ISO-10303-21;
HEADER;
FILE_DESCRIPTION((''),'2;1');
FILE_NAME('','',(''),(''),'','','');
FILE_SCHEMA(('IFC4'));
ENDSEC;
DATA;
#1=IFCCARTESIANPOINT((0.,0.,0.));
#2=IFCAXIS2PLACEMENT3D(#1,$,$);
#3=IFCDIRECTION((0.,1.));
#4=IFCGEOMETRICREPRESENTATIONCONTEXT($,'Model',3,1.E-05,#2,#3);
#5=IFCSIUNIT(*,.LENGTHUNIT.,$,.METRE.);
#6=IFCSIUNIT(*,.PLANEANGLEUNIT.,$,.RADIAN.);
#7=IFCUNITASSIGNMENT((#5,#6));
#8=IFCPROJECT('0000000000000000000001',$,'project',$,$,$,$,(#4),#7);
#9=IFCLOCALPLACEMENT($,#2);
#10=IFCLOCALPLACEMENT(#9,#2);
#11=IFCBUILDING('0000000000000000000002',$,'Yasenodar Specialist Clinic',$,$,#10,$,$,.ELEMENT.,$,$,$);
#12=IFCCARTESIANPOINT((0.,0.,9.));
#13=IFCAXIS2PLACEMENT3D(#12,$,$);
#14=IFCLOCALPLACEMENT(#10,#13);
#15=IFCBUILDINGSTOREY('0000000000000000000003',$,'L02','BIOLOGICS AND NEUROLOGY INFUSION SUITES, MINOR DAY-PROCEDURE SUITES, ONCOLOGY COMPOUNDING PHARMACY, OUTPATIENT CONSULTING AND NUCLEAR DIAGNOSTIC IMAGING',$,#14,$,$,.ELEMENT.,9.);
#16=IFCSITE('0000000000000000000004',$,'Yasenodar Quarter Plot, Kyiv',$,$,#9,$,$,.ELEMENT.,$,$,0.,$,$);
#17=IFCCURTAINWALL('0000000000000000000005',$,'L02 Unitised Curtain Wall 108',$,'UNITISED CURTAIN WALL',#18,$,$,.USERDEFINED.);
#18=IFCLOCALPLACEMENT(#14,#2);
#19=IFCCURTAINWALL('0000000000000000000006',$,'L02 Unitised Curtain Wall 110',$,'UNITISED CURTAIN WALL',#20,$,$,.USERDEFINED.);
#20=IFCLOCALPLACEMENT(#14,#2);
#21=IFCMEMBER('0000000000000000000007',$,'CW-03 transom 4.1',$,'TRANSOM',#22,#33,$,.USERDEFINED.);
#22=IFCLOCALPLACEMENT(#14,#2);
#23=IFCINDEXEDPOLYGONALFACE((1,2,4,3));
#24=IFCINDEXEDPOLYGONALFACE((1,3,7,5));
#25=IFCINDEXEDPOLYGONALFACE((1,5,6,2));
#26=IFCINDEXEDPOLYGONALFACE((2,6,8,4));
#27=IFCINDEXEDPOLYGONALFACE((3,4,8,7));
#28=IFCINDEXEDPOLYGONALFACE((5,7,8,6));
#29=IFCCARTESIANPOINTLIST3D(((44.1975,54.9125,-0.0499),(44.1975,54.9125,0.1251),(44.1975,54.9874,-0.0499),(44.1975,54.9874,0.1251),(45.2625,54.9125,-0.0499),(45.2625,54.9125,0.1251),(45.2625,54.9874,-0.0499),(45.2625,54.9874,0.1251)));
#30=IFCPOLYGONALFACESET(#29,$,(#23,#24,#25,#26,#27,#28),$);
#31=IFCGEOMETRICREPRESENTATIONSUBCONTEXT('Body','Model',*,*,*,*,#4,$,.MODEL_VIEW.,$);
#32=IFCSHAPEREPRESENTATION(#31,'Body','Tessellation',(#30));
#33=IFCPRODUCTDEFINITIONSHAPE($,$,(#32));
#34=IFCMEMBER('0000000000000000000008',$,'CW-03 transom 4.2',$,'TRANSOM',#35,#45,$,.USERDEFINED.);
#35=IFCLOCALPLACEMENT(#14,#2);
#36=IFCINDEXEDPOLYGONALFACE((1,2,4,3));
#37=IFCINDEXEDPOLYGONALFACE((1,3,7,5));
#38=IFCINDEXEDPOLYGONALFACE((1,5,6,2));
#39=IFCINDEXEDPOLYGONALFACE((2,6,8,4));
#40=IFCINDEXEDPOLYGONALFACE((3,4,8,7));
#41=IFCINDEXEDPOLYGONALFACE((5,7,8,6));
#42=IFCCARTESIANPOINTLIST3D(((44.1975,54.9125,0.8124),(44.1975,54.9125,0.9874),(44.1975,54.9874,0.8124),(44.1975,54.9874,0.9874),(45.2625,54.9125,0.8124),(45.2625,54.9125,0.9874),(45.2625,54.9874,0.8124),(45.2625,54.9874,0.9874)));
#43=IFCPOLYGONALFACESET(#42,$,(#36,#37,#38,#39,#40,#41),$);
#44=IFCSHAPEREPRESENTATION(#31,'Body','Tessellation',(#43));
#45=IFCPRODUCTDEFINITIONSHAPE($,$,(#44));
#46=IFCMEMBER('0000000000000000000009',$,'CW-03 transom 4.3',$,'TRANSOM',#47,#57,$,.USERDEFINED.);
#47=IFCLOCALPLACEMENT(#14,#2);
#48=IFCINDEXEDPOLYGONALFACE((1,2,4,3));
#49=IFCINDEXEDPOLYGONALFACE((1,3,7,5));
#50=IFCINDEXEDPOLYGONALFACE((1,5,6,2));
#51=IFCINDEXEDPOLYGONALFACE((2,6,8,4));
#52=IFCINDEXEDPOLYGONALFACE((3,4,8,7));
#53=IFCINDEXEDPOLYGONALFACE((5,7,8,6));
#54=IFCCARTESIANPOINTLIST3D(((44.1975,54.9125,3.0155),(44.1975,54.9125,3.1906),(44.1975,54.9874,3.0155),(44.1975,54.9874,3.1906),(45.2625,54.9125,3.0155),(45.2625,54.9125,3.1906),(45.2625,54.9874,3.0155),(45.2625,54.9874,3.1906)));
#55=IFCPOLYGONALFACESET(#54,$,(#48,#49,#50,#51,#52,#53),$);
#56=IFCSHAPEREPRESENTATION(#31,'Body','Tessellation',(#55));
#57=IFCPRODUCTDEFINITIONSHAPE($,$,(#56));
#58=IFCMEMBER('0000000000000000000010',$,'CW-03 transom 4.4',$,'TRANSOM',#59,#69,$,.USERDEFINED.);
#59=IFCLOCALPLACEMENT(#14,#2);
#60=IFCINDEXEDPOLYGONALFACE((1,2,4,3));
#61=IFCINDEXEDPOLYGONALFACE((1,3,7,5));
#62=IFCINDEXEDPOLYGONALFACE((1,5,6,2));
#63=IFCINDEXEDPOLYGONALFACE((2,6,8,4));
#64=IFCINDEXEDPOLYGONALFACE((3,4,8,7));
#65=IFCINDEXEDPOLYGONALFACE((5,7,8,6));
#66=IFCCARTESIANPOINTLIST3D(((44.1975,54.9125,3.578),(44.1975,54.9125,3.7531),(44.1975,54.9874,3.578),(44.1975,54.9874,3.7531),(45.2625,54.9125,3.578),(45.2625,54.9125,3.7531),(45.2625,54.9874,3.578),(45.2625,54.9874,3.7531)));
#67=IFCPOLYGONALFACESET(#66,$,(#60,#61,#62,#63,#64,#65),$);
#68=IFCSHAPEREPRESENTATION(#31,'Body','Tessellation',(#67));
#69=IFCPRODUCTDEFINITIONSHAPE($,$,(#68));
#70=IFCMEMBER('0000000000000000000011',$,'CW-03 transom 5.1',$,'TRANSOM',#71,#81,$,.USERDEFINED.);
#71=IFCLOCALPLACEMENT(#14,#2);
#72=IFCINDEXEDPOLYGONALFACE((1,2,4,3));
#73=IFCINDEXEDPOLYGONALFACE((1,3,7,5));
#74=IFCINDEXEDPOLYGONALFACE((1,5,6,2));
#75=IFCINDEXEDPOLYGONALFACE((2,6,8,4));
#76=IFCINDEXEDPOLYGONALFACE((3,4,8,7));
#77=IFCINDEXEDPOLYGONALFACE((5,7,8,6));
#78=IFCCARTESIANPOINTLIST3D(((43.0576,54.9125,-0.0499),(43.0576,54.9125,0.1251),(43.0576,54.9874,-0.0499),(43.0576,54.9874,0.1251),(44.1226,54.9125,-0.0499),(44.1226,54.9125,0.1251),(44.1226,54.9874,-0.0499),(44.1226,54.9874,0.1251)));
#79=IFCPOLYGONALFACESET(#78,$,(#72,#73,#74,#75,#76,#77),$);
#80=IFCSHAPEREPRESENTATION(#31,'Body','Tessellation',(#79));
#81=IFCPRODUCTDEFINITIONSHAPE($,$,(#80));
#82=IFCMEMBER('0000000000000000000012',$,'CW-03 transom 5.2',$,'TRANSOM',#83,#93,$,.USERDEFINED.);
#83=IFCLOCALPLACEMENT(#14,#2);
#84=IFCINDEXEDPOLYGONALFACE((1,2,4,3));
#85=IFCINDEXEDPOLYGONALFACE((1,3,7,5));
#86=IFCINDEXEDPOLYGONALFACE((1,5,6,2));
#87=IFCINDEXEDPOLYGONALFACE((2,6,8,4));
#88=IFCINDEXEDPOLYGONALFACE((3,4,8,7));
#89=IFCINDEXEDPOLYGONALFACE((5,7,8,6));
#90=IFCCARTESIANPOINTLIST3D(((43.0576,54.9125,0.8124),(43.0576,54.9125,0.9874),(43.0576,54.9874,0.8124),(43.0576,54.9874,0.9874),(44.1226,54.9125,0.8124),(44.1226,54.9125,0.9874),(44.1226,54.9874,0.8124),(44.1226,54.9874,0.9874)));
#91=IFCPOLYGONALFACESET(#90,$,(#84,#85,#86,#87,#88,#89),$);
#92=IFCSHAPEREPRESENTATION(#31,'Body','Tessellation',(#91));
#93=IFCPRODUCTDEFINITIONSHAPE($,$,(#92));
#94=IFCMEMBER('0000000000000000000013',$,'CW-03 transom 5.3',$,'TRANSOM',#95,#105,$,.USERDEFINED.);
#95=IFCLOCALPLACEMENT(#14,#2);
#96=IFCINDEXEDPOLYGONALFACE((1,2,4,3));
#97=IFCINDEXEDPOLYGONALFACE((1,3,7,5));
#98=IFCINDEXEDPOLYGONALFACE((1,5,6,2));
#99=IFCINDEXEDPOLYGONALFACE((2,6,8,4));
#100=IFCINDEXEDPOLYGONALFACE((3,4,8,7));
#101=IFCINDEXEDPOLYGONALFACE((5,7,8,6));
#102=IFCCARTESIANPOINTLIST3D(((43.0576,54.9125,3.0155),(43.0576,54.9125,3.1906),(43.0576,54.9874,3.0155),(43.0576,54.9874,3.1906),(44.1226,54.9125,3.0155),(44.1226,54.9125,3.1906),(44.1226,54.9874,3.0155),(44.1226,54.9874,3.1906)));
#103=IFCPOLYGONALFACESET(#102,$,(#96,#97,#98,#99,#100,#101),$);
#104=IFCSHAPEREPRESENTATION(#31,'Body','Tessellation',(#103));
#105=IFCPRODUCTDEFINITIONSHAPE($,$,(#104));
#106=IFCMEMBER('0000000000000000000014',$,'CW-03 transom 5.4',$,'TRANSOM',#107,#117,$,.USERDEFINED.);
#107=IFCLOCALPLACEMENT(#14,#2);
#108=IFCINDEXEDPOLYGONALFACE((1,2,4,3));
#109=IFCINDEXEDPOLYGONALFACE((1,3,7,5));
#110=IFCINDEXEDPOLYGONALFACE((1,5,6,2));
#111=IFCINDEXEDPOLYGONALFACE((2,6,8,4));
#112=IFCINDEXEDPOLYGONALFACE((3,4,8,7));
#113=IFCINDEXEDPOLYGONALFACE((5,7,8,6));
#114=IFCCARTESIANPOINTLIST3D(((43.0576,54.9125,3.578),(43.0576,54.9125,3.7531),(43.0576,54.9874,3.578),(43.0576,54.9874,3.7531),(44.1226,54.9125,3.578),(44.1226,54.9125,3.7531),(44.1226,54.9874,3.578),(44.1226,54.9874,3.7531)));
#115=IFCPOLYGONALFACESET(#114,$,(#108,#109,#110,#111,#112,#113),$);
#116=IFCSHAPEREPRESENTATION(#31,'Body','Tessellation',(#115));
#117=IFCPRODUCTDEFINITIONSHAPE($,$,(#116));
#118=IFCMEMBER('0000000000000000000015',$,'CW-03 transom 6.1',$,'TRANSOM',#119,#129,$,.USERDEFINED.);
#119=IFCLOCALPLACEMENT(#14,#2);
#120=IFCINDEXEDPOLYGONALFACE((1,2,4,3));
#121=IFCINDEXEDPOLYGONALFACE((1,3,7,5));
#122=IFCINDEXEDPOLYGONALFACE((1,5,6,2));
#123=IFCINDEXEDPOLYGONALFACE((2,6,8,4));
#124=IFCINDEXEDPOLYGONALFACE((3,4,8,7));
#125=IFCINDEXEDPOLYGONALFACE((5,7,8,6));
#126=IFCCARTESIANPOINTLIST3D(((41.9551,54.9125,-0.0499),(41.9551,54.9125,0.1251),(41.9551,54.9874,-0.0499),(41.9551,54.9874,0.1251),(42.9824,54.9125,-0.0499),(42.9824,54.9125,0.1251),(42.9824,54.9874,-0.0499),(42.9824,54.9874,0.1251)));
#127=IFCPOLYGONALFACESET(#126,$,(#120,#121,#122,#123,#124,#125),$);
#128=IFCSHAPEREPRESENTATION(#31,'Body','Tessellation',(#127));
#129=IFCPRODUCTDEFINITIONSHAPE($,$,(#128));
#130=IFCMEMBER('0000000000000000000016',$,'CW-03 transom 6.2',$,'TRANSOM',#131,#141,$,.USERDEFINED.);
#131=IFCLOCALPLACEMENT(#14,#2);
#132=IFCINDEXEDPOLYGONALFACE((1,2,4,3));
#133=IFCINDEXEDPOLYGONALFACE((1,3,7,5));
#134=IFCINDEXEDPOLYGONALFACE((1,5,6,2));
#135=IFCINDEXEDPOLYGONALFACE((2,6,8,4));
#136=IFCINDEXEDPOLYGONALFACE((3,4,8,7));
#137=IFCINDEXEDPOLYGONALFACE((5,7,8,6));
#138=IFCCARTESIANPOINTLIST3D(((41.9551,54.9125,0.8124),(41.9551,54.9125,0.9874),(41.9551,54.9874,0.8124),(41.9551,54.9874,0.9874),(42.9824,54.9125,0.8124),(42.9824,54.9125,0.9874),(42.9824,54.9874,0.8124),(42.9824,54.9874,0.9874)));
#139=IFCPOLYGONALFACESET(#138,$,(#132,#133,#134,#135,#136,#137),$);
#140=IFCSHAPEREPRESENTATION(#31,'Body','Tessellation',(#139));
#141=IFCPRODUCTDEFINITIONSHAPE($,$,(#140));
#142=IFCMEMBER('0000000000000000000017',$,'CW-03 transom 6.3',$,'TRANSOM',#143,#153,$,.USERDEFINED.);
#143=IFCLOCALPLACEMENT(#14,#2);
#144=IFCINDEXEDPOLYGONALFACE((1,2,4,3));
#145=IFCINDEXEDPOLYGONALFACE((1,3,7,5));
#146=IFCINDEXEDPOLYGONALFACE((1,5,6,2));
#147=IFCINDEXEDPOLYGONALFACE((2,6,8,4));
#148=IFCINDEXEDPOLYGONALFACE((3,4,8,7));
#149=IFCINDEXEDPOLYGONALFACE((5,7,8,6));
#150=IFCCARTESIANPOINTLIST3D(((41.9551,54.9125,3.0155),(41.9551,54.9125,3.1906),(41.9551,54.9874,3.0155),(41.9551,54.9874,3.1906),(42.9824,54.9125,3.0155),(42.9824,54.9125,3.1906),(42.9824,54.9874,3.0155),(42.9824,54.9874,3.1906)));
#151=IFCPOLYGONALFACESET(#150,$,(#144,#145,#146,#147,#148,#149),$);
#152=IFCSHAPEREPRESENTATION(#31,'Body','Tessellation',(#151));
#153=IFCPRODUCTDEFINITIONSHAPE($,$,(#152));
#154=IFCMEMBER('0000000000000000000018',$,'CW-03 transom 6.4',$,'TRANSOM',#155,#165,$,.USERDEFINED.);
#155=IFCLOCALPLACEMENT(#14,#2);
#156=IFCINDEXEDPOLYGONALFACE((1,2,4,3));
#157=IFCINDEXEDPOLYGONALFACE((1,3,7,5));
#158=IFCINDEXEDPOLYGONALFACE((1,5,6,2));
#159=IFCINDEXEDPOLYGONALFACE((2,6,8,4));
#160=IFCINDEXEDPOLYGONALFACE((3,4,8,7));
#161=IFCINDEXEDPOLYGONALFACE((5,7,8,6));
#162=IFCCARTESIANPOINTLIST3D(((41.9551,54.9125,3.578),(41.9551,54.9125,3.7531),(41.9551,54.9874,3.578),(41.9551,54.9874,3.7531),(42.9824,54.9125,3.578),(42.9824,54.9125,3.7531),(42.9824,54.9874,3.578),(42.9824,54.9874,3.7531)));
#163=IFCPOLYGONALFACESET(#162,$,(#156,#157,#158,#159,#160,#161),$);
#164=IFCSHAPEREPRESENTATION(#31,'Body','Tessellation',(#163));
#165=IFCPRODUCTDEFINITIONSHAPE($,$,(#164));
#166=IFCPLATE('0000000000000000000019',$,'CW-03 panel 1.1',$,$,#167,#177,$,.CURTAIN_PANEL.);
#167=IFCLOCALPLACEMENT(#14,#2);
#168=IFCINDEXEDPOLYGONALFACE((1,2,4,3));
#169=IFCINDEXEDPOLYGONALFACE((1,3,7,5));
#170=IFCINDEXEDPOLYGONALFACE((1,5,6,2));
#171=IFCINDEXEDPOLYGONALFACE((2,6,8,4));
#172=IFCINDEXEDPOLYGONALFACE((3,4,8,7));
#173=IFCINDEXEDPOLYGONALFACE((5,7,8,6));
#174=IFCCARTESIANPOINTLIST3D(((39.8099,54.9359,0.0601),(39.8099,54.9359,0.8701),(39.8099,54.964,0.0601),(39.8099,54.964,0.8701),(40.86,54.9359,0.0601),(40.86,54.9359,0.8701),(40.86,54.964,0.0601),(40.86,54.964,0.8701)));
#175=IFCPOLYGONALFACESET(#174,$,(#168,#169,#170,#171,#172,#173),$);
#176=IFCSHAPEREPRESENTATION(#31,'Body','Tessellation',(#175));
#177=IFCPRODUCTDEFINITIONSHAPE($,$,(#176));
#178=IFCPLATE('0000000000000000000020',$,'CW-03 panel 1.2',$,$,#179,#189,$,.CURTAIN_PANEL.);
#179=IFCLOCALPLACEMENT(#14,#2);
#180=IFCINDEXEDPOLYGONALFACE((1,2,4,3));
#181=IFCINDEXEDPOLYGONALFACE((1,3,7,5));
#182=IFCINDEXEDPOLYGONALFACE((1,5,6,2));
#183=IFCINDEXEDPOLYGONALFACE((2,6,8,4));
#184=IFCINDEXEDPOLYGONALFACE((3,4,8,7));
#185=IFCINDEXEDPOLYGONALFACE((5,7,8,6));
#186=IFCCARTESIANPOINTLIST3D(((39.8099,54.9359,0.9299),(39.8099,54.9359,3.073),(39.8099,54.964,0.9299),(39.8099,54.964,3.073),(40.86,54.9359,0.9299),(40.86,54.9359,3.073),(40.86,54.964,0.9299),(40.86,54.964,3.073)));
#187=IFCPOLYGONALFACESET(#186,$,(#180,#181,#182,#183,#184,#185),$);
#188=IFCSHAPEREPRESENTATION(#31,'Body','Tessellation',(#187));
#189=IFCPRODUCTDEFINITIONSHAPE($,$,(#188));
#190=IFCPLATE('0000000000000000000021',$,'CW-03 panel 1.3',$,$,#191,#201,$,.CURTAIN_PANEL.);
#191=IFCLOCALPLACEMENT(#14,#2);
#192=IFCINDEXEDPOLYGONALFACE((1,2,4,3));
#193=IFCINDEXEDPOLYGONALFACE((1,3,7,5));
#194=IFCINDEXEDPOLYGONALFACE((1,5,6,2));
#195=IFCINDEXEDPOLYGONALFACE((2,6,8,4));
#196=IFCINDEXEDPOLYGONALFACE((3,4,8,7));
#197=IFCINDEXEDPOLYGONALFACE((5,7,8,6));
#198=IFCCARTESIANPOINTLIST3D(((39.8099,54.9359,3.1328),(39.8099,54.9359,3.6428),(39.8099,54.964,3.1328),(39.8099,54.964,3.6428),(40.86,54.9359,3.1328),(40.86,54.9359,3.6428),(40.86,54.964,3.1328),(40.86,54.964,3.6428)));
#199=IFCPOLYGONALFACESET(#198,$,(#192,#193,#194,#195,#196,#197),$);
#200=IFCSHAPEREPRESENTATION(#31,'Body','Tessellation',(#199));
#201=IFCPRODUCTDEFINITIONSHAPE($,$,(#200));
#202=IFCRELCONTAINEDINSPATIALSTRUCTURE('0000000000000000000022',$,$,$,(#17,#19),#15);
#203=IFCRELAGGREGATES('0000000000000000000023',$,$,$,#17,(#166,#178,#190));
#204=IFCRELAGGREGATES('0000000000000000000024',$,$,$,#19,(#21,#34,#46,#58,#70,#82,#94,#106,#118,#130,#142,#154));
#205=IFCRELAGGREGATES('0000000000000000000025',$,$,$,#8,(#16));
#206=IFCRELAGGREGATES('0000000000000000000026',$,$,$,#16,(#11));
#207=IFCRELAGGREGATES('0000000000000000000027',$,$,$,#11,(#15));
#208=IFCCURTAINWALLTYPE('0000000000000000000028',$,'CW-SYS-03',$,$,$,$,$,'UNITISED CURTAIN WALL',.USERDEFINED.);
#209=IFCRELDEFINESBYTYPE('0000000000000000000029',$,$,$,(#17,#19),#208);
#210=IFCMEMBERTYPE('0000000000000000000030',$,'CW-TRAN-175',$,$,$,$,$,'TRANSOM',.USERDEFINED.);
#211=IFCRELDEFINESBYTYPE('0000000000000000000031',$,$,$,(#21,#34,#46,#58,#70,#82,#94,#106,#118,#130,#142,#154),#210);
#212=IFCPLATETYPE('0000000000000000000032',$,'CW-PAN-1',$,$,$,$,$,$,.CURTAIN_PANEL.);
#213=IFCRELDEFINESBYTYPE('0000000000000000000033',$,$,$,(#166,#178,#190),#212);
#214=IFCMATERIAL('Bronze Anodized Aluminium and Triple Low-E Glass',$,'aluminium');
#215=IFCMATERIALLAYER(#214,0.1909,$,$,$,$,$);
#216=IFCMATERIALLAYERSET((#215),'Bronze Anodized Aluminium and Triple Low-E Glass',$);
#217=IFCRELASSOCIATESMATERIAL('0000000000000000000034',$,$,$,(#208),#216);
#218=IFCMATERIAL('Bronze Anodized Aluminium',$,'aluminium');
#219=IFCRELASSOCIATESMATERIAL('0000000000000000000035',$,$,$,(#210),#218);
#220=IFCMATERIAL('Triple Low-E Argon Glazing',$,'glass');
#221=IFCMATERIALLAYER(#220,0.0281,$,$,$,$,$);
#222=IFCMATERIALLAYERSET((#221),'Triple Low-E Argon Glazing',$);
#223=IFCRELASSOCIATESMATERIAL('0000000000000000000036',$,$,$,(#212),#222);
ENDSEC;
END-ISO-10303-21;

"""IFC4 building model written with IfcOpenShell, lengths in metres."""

from ifc_helpers import new_model, si_unit, direction, frame, origin, origin_2d, place, context, subcontext, project, spatial, rectangle, extrude, material, layer, layer_set, material_profile, profile_set, type_object, element, aggregate, save


model = new_model("IFC4")

# Units and contexts
model_context = context("Model", 3, precision=1e-05, world=origin(), true_north=direction((0.0, 1.0)))
body_context = subcontext(model_context, "Body", "Model", "MODEL_VIEW")
ifc_project = project(units=[si_unit("LENGTHUNIT", "METRE"), si_unit("PLANEANGLEUNIT", "RADIAN")], contexts=[model_context])

# Site, building, storey
site_placement = place(None, origin())
site = spatial("IfcSite", under=ifc_project, at=site_placement, Name="Yasenodar Quarter Plot, Kyiv", CompositionType="ELEMENT", RefElevation=0.0)
building_placement = place(site_placement, origin())
building = spatial("IfcBuilding", under=site, at=building_placement, Name="Yasenodar Specialist Clinic", CompositionType="ELEMENT")
storey_placement = place(building_placement, frame((0.0, 0.0, 9.0)))
storey = spatial("IfcBuildingStorey", under=building, at=storey_placement, Name="L02", Description="BIOLOGICS AND NEUROLOGY INFUSION SUITES, MINOR DAY-PROCEDURE SUITES, ONCOLOGY COMPOUNDING PHARMACY, OUTPATIENT CONSULTING AND NUCLEAR DIAGNOSTIC IMAGING", CompositionType="ELEMENT", Elevation=9.0)

# Curtain walls
ifc_material_1 = material(Name="Bronze Anodized Aluminium and Triple Low-E Glass", Category="aluminium")
ifc_layer_1 = layer(ifc_material_1, 0.1909)
ifc_layer_set_1 = layer_set([ifc_layer_1], Name="Bronze Anodized Aluminium and Triple Low-E Glass")
curtain_wall_type = type_object("IfcCurtainWallType", Name="CW-SYS-03", ElementType="UNITISED CURTAIN WALL", PredefinedType="USERDEFINED", material=ifc_layer_set_1)
curtain_wall_1_placement = place(storey_placement, origin())
curtain_wall_1 = element("IfcCurtainWall", 1, at=curtain_wall_1_placement, inside=storey, type_object=curtain_wall_type, Name="L02 Unitised Curtain Wall 108", ObjectType="UNITISED CURTAIN WALL", PredefinedType="USERDEFINED")
ifc_material_2 = material(Name="Bronze Anodized Aluminium", Category="aluminium")
curtain_wall_2_placement = place(storey_placement, origin())
curtain_wall_2 = element("IfcCurtainWall", 2, at=curtain_wall_2_placement, inside=storey, type_object=curtain_wall_type, Name="L02 Unitised Curtain Wall 110", ObjectType="UNITISED CURTAIN WALL", PredefinedType="USERDEFINED")

# Members
ifc_material_profile_1 = material_profile(ifc_material_2, rectangle(XDim=0.075, YDim=0.175, at=origin_2d()), Name="CW-TRAN 75x175")
ifc_profile_set_1 = profile_set([ifc_material_profile_1], Name="Bronze Anodized Aluminium")
member_type_1 = type_object("IfcMemberType", Name="CW-TRAN-175", ElementType="TRANSOM", PredefinedType="USERDEFINED", material=ifc_profile_set_1)
member_1_placement = place(storey_placement, frame((45.2625, 54.95, 0.0376), z_axis=(-1.0, 0.0, 0.0), x_axis=(0.0, -1.0, 0.0)))
member_1 = element("IfcMember", 3, at=member_1_placement, type_object=member_type_1, Name="CW-03 transom 4.1", ObjectType="TRANSOM", PredefinedType="USERDEFINED", context=body_context, shape_type="SweptSolid", body=[
    extrude(rectangle(XDim=0.075, YDim=0.175, at=origin_2d()), origin(), (0.0, 0.0, 1.0), 1.0649),
])
member_2_placement = place(storey_placement, frame((45.2625, 54.95, 0.8999), z_axis=(-1.0, 0.0, 0.0), x_axis=(0.0, -1.0, 0.0)))
member_2 = element("IfcMember", 4, at=member_2_placement, type_object=member_type_1, Name="CW-03 transom 4.2", ObjectType="TRANSOM", PredefinedType="USERDEFINED", context=body_context, shape_type="SweptSolid", body=[
    extrude(rectangle(XDim=0.075, YDim=0.175, at=origin_2d()), origin(), (0.0, 0.0, 1.0), 1.0649),
])
member_3_placement = place(storey_placement, frame((45.2625, 54.95, 3.103), z_axis=(-1.0, 0.0, 0.0), x_axis=(0.0, -1.0, 0.0)))
member_3 = element("IfcMember", 5, at=member_3_placement, type_object=member_type_1, Name="CW-03 transom 4.3", ObjectType="TRANSOM", PredefinedType="USERDEFINED", context=body_context, shape_type="SweptSolid", body=[
    extrude(rectangle(XDim=0.075, YDim=0.175, at=origin_2d()), origin(), (0.0, 0.0, 1.0), 1.0649),
])
member_4_placement = place(storey_placement, frame((45.2625, 54.95, 3.6655), z_axis=(-1.0, 0.0, 0.0), x_axis=(0.0, -1.0, 0.0)))
member_4 = element("IfcMember", 6, at=member_4_placement, type_object=member_type_1, Name="CW-03 transom 4.4", ObjectType="TRANSOM", PredefinedType="USERDEFINED", context=body_context, shape_type="SweptSolid", body=[
    extrude(rectangle(XDim=0.075, YDim=0.175, at=origin_2d()), origin(), (0.0, 0.0, 1.0), 1.0649),
])
member_5_placement = place(storey_placement, frame((44.1226, 54.95, 0.0376), z_axis=(-1.0, 0.0, 0.0), x_axis=(0.0, -1.0, 0.0)))
member_5 = element("IfcMember", 7, at=member_5_placement, type_object=member_type_1, Name="CW-03 transom 5.1", ObjectType="TRANSOM", PredefinedType="USERDEFINED", context=body_context, shape_type="SweptSolid", body=[
    extrude(rectangle(XDim=0.075, YDim=0.175, at=origin_2d()), origin(), (0.0, 0.0, 1.0), 1.0649),
])
member_6_placement = place(storey_placement, frame((44.1226, 54.95, 0.8999), z_axis=(-1.0, 0.0, 0.0), x_axis=(0.0, -1.0, 0.0)))
member_6 = element("IfcMember", 8, at=member_6_placement, type_object=member_type_1, Name="CW-03 transom 5.2", ObjectType="TRANSOM", PredefinedType="USERDEFINED", context=body_context, shape_type="SweptSolid", body=[
    extrude(rectangle(XDim=0.075, YDim=0.175, at=origin_2d()), origin(), (0.0, 0.0, 1.0), 1.0649),
])
member_7_placement = place(storey_placement, frame((44.1226, 54.95, 3.103), z_axis=(-1.0, 0.0, 0.0), x_axis=(0.0, -1.0, 0.0)))
member_7 = element("IfcMember", 9, at=member_7_placement, type_object=member_type_1, Name="CW-03 transom 5.3", ObjectType="TRANSOM", PredefinedType="USERDEFINED", context=body_context, shape_type="SweptSolid", body=[
    extrude(rectangle(XDim=0.075, YDim=0.175, at=origin_2d()), origin(), (0.0, 0.0, 1.0), 1.0649),
])
member_8_placement = place(storey_placement, frame((44.1226, 54.95, 3.6655), z_axis=(-1.0, 0.0, 0.0), x_axis=(0.0, -1.0, 0.0)))
member_8 = element("IfcMember", 10, at=member_8_placement, type_object=member_type_1, Name="CW-03 transom 5.4", ObjectType="TRANSOM", PredefinedType="USERDEFINED", context=body_context, shape_type="SweptSolid", body=[
    extrude(rectangle(XDim=0.075, YDim=0.175, at=origin_2d()), origin(), (0.0, 0.0, 1.0), 1.0649),
])
member_9_placement = place(storey_placement, frame((42.9824, 54.95, 0.0376), z_axis=(-1.0, 0.0, 0.0), x_axis=(0.0, -1.0, 0.0)))
member_9 = element("IfcMember", 11, at=member_9_placement, type_object=member_type_1, Name="CW-03 transom 6.1", ObjectType="TRANSOM", PredefinedType="USERDEFINED", context=body_context, shape_type="SweptSolid", body=[
    extrude(rectangle(XDim=0.075, YDim=0.175, at=origin_2d()), origin(), (0.0, 0.0, 1.0), 1.0273),
])
member_10_placement = place(storey_placement, frame((42.9824, 54.95, 0.8999), z_axis=(-1.0, 0.0, 0.0), x_axis=(0.0, -1.0, 0.0)))
member_10 = element("IfcMember", 12, at=member_10_placement, type_object=member_type_1, Name="CW-03 transom 6.2", ObjectType="TRANSOM", PredefinedType="USERDEFINED", context=body_context, shape_type="SweptSolid", body=[
    extrude(rectangle(XDim=0.075, YDim=0.175, at=origin_2d()), origin(), (0.0, 0.0, 1.0), 1.0273),
])
member_11_placement = place(storey_placement, frame((42.9824, 54.95, 3.103), z_axis=(-1.0, 0.0, 0.0), x_axis=(0.0, -1.0, 0.0)))
member_11 = element("IfcMember", 13, at=member_11_placement, type_object=member_type_1, Name="CW-03 transom 6.3", ObjectType="TRANSOM", PredefinedType="USERDEFINED", context=body_context, shape_type="SweptSolid", body=[
    extrude(rectangle(XDim=0.075, YDim=0.175, at=origin_2d()), origin(), (0.0, 0.0, 1.0), 1.0273),
])
member_12_placement = place(storey_placement, frame((42.9824, 54.95, 3.6655), z_axis=(-1.0, 0.0, 0.0), x_axis=(0.0, -1.0, 0.0)))
member_12 = element("IfcMember", 14, at=member_12_placement, type_object=member_type_1, Name="CW-03 transom 6.4", ObjectType="TRANSOM", PredefinedType="USERDEFINED", context=body_context, shape_type="SweptSolid", body=[
    extrude(rectangle(XDim=0.075, YDim=0.175, at=origin_2d()), origin(), (0.0, 0.0, 1.0), 1.0273),
])

# Plates
ifc_material_3 = material(Name="Triple Low-E Argon Glazing", Category="glass")
ifc_layer_2 = layer(ifc_material_3, 0.0281)
ifc_layer_set_2 = layer_set([ifc_layer_2], Name="Triple Low-E Argon Glazing")
plate_type_1 = type_object("IfcPlateType", Name="CW-PAN-1", PredefinedType="CURTAIN_PANEL", material=ifc_layer_set_2)
plate_1_placement = place(storey_placement, frame((40.335, 54.95, 0.0601), z_axis=(0.0, 0.0, 1.0), x_axis=(-1.0, 0.0, 0.0)))
plate_1 = element("IfcPlate", 15, at=plate_1_placement, type_object=plate_type_1, Name="CW-03 panel 1.1", PredefinedType="CURTAIN_PANEL", context=body_context, shape_type="SweptSolid", body=[
    extrude(rectangle(XDim=1.05, YDim=0.0281, at=origin_2d()), origin(), (0.0, 0.0, 1.0), 0.8101),
])
plate_2_placement = place(storey_placement, frame((40.335, 54.95, 0.9299), z_axis=(0.0, 0.0, 1.0), x_axis=(-1.0, 0.0, 0.0)))
plate_2 = element("IfcPlate", 16, at=plate_2_placement, type_object=plate_type_1, Name="CW-03 panel 1.2", PredefinedType="CURTAIN_PANEL", context=body_context, shape_type="SweptSolid", body=[
    extrude(rectangle(XDim=1.05, YDim=0.0281, at=origin_2d()), origin(), (0.0, 0.0, 1.0), 2.1431),
])
plate_3_placement = place(storey_placement, frame((40.335, 54.95, 3.1328), z_axis=(0.0, 0.0, 1.0), x_axis=(-1.0, 0.0, 0.0)))
plate_3 = element("IfcPlate", 17, at=plate_3_placement, type_object=plate_type_1, Name="CW-03 panel 1.3", PredefinedType="CURTAIN_PANEL", context=body_context, shape_type="SweptSolid", body=[
    extrude(rectangle(XDim=1.05, YDim=0.0281, at=origin_2d()), origin(), (0.0, 0.0, 1.0), 0.51),
])
aggregate(curtain_wall_1, [plate_1, plate_2, plate_3])
aggregate(curtain_wall_2, [member_1, member_2, member_3, member_4, member_5, member_6, member_7, member_8, member_9, member_10, member_11, member_12])

save(model, "model.ifc")
